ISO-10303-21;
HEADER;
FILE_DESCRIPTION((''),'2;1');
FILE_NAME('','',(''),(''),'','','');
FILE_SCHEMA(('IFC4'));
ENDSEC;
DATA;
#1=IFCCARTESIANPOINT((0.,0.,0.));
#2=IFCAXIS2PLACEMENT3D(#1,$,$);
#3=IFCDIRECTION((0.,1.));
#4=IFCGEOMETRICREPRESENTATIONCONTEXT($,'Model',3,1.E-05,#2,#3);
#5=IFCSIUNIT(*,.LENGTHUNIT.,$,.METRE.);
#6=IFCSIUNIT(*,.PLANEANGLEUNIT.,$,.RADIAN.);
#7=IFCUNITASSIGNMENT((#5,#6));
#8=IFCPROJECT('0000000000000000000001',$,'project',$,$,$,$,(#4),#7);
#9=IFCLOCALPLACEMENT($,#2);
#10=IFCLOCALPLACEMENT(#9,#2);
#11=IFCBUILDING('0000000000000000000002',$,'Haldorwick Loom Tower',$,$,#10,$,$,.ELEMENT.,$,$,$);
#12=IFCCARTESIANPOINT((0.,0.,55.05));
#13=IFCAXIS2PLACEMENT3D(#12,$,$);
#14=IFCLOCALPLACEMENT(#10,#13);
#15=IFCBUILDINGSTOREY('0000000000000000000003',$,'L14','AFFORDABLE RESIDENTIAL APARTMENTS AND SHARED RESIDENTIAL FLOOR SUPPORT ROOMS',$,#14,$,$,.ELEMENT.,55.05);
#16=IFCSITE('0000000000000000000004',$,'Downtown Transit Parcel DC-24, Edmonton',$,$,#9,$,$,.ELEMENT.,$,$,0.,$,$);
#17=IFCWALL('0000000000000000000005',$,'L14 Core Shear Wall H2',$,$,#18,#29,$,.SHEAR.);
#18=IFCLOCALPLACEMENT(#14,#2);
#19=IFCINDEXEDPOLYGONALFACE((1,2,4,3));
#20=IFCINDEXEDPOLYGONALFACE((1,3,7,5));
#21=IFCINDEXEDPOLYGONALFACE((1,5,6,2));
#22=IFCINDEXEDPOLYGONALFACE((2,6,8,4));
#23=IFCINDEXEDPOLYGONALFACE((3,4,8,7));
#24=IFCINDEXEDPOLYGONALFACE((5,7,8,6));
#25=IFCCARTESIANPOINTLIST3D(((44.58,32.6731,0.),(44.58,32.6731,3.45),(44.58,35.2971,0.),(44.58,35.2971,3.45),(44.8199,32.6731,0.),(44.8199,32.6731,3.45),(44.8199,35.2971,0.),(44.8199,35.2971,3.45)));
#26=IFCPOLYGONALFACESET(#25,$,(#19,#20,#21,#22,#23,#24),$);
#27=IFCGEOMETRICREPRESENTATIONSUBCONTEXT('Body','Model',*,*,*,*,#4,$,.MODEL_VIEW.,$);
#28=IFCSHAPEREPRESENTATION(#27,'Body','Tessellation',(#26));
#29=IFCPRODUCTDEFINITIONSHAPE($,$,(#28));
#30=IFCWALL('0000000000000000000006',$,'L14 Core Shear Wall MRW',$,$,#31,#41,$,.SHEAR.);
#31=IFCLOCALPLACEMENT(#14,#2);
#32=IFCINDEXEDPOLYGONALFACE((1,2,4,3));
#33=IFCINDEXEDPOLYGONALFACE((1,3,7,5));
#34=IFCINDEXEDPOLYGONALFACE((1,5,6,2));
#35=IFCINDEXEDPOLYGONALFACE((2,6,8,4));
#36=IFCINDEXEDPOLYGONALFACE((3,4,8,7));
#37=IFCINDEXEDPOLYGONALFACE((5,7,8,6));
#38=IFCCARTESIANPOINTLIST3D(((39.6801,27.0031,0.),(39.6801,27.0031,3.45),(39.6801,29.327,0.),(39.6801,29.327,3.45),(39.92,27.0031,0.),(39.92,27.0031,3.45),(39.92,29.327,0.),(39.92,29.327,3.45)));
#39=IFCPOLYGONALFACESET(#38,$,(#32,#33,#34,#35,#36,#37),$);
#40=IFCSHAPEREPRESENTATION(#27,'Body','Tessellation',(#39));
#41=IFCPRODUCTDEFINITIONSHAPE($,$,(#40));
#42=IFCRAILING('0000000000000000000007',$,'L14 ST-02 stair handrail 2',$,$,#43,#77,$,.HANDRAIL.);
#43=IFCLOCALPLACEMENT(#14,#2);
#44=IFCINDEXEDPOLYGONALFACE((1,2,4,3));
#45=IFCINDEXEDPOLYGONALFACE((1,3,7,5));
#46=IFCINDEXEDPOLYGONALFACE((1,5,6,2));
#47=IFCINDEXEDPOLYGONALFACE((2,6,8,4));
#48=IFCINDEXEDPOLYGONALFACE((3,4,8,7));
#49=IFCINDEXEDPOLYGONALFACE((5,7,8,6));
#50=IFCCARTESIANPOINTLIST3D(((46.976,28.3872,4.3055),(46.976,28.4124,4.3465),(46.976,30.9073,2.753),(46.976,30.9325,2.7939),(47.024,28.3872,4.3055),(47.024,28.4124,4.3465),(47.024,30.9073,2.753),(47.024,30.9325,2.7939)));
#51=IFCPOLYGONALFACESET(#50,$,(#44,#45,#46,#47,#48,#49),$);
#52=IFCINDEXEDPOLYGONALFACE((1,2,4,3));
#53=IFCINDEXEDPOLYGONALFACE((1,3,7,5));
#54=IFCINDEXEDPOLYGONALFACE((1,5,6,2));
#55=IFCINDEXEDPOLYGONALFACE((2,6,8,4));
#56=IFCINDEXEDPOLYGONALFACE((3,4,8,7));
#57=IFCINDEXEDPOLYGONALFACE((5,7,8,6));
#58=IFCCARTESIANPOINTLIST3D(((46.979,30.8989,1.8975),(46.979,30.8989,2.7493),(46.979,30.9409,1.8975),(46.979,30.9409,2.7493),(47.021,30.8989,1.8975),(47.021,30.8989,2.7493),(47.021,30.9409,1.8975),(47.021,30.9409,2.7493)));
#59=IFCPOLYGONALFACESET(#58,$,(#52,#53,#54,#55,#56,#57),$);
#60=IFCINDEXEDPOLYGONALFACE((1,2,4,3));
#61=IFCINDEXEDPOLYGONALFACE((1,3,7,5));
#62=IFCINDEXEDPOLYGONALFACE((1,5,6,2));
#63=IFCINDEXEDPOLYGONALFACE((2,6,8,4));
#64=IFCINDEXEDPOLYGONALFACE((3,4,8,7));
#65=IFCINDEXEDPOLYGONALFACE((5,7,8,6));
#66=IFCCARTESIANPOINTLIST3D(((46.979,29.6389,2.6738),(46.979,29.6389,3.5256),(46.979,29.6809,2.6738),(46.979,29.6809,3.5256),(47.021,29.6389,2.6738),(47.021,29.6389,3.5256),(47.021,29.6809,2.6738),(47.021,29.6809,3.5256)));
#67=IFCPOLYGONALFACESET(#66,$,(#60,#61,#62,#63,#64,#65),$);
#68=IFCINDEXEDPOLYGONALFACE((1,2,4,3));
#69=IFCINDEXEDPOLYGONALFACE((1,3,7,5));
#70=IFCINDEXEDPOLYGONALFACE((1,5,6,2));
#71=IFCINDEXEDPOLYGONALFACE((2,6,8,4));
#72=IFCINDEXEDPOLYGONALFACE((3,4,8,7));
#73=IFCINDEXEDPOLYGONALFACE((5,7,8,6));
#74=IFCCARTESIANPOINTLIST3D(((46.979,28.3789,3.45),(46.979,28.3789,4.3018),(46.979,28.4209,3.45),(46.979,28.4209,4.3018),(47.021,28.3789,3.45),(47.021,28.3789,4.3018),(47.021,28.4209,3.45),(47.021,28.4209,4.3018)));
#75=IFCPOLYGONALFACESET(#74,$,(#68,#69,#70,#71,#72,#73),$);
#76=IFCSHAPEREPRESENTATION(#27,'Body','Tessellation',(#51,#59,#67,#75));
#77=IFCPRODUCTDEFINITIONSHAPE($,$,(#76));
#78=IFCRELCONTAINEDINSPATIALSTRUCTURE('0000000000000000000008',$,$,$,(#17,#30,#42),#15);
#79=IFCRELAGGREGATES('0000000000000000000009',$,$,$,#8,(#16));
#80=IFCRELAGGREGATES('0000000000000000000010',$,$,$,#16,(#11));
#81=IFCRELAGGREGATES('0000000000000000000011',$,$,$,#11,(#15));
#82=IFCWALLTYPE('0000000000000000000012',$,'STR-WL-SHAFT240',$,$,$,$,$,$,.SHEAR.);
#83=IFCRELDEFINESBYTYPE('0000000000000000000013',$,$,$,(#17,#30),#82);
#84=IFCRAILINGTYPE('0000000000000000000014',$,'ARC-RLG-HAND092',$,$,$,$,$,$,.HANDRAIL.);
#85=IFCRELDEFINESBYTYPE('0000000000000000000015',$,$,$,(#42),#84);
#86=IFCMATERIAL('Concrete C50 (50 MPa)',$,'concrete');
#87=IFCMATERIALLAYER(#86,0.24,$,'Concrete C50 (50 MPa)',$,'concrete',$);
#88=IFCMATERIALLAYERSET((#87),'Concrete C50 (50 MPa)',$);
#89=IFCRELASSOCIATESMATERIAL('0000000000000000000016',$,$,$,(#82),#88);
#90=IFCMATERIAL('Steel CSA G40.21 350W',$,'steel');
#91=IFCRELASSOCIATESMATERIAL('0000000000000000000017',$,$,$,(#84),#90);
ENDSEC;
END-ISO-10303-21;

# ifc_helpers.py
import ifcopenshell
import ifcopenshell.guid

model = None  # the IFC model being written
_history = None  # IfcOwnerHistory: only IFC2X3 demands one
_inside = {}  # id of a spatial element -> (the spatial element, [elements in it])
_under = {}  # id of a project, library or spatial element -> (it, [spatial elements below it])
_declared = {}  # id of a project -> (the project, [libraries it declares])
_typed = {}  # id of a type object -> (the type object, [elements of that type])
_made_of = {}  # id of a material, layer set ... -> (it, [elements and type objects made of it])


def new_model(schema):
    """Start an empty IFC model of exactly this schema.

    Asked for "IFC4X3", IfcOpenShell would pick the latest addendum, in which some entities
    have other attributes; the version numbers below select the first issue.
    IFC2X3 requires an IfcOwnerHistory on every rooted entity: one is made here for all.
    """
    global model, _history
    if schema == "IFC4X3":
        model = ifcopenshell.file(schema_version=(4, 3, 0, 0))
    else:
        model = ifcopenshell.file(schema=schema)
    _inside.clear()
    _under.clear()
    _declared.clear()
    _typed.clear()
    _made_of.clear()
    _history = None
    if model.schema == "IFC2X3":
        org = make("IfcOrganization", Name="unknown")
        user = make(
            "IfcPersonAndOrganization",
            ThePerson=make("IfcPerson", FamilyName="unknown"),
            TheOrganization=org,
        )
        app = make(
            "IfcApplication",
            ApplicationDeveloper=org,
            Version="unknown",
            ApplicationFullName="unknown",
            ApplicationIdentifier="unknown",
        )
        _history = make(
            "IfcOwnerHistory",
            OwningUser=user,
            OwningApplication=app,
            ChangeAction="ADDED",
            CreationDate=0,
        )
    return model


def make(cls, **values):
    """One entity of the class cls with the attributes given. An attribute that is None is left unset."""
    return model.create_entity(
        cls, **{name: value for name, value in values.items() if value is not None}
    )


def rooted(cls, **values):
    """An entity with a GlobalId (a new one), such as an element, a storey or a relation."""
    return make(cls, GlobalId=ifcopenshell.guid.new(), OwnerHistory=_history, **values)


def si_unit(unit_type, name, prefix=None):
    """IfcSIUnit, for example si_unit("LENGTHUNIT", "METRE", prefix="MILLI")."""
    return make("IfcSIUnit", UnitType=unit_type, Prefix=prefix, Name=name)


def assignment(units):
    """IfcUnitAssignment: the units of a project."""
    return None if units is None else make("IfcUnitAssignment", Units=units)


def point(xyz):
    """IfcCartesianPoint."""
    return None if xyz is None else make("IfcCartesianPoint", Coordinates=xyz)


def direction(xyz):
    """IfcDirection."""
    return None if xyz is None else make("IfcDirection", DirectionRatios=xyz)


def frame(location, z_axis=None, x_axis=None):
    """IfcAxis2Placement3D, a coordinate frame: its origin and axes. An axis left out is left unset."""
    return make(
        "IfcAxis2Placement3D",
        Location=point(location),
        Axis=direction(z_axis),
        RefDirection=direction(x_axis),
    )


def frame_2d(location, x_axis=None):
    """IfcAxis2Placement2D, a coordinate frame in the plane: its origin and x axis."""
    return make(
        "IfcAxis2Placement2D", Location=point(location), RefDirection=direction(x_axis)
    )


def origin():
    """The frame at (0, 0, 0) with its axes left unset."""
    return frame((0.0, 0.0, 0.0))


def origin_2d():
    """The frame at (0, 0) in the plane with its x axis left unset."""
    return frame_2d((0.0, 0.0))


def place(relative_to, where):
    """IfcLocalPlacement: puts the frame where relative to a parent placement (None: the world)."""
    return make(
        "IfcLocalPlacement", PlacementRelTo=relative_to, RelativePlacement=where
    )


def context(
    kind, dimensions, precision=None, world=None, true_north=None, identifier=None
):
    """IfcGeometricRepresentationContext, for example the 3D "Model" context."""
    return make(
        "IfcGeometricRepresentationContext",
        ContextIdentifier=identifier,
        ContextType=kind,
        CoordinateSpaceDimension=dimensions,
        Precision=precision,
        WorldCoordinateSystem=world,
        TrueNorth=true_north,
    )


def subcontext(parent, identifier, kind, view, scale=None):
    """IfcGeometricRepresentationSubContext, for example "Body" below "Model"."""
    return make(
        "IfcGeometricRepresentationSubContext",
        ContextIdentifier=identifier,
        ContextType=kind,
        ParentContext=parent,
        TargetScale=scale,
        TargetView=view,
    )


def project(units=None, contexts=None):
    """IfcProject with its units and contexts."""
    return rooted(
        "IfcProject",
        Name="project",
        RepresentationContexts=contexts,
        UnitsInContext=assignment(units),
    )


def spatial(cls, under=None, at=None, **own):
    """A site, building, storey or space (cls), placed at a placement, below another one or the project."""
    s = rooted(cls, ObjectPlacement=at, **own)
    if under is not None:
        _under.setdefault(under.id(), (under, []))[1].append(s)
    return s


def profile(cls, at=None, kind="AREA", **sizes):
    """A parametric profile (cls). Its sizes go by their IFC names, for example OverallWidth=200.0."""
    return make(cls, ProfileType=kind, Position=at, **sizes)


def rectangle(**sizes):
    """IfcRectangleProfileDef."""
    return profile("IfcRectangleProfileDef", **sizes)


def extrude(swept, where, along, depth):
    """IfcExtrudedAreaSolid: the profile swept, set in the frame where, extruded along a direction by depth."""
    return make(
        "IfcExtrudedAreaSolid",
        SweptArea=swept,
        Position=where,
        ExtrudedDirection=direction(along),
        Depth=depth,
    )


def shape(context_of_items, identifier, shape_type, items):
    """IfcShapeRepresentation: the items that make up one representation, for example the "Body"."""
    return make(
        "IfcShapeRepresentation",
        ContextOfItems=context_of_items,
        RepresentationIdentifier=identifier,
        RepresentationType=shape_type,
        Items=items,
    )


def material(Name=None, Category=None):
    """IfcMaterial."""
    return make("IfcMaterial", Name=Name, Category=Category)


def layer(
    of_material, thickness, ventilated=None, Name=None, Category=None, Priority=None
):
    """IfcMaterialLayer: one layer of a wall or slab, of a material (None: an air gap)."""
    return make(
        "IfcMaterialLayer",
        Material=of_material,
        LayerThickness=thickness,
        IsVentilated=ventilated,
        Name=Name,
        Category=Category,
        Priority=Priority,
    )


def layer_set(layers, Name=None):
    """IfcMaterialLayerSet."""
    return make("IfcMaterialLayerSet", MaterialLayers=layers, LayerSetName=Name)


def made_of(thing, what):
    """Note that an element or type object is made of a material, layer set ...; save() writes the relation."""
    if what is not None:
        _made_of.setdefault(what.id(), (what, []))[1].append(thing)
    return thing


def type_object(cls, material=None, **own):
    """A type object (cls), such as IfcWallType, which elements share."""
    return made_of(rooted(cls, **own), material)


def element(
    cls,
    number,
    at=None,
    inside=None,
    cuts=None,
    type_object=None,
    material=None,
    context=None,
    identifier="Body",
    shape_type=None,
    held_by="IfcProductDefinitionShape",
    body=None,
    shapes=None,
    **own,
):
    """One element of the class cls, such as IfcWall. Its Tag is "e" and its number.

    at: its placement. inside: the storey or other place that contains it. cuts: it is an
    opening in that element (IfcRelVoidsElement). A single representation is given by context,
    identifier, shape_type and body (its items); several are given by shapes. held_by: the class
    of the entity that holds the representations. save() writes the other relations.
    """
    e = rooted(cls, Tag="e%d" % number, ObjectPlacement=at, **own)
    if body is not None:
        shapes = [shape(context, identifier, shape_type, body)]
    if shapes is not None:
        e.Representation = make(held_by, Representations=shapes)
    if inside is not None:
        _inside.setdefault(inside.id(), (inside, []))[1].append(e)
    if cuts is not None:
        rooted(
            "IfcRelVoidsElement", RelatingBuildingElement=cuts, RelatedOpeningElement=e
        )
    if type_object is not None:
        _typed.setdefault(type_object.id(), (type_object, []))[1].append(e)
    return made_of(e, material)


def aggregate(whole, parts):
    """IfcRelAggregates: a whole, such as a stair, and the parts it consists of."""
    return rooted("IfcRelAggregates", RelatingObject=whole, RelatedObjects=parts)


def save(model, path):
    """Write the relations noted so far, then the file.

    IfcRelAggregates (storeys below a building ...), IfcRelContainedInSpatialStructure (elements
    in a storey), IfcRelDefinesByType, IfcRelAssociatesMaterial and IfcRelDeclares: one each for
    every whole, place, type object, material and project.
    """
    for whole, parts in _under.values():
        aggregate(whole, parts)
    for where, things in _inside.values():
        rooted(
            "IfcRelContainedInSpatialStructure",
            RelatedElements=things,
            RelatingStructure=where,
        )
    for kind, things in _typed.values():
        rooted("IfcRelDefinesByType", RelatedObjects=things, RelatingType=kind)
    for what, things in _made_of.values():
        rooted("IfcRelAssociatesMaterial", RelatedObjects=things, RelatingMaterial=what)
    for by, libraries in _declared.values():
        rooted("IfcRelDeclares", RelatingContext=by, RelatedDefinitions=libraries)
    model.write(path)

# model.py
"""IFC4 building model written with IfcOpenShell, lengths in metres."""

from ifc_helpers import new_model, si_unit, direction, frame, frame_2d, origin, origin_2d, place, context, subcontext, project, spatial, rectangle, extrude, material, layer, layer_set, type_object, element, save


model = new_model("IFC4")

# Units and contexts
model_context = context("Model", 3, precision=1e-05, world=origin(), true_north=direction((0.0, 1.0)))
body_context = subcontext(model_context, "Body", "Model", "MODEL_VIEW")
ifc_project = project(units=[si_unit("LENGTHUNIT", "METRE"), si_unit("PLANEANGLEUNIT", "RADIAN")], contexts=[model_context])

# Site, building, storey
site_placement = place(None, origin())
site = spatial("IfcSite", under=ifc_project, at=site_placement, Name="Downtown Transit Parcel DC-24, Edmonton", CompositionType="ELEMENT", RefElevation=0.0)
building_placement = place(site_placement, origin())
building = spatial("IfcBuilding", under=site, at=building_placement, Name="Haldorwick Loom Tower", CompositionType="ELEMENT")
storey_placement = place(building_placement, frame((0.0, 0.0, 55.05)))
storey = spatial("IfcBuildingStorey", under=building, at=storey_placement, Name="L14", Description="AFFORDABLE RESIDENTIAL APARTMENTS AND SHARED RESIDENTIAL FLOOR SUPPORT ROOMS", CompositionType="ELEMENT", Elevation=55.05)

# Shared definitions
ifc_material_1 = material(Name="Steel CSA G40.21 350W", Category="steel")

# Shared definitions
ifc_material_2 = material(Name="Concrete C50 (50 MPa)", Category="concrete")
ifc_layer_1 = layer(ifc_material_2, 0.24, Name="Concrete C50 (50 MPa)", Category="concrete")
ifc_layer_set_1 = layer_set([ifc_layer_1], Name="Concrete C50 (50 MPa)")
wall_type_1 = type_object("IfcWallType", Name="STR-WL-SHAFT240", PredefinedType="SHEAR", material=ifc_layer_set_1)

# Walls
for number, where, z_axis, x_axis, name in (
    (1, (44.7, 32.6731, 0.0), (0.0, 0.0, 1.0), (0.0, 1.0, 0.0), "L14 Core Shear Wall H2"),
):
    element("IfcWall", number, at=place(storey_placement, frame(where, z_axis=z_axis, x_axis=x_axis)), inside=storey, type_object=wall_type_1, Name=name, PredefinedType="SHEAR", context=body_context, shape_type="SweptSolid", body=[
        extrude(rectangle(XDim=2.624, YDim=0.24, at=frame_2d((1.312, 0.0))), origin(), (0.0, 0.0, 1.0), 3.45),
    ])
wall_1_placement = place(storey_placement, frame((39.8, 27.0029, 0.0), z_axis=(0.0, 0.0, 1.0), x_axis=(0.0, 1.0, 0.0)))
element("IfcWall", 2, at=wall_1_placement, inside=storey, type_object=wall_type_1, Name="L14 Core Shear Wall MRW", PredefinedType="SHEAR", context=body_context, shape_type="SweptSolid", body=[
    extrude(rectangle(XDim=2.324, YDim=0.24, at=frame_2d((1.1621, 0.0))), origin(), (0.0, 0.0, 1.0), 3.45),
])

# Railing
railing_type = type_object("IfcRailingType", Name="ARC-RLG-HAND092", PredefinedType="HANDRAIL", material=ifc_material_1)
railing_placement = place(storey_placement, frame((47.0, 30.9199, 1.8975)))
element("IfcRailing", 3, at=railing_placement, inside=storey, type_object=railing_type, Name="L14 ST-02 stair handrail 2", PredefinedType="HANDRAIL", context=body_context, shape_type="SweptSolid", body=[
    extrude(rectangle(XDim=0.0481, YDim=0.0481, at=origin_2d()), frame((0.0, 0.0, 0.876), z_axis=(0.0, -0.8514, 0.524516), x_axis=(1.0, 0.0, 0.0)), (0.0, 0.0, 1.0), 2.96),
    extrude(rectangle(XDim=0.042, YDim=0.042, at=origin_2d()), origin(), (0.0, 0.0, 1.0), 0.8518),
    extrude(rectangle(XDim=0.042, YDim=0.042, at=origin_2d()), frame((0.0, -1.26, 0.7764)), (0.0, 0.0, 1.0), 0.8518),
    extrude(rectangle(XDim=0.042, YDim=0.042, at=origin_2d()), frame((0.0, -2.52, 1.5525)), (0.0, 0.0, 1.0), 0.8518),
])

save(model, "model.ifc")
